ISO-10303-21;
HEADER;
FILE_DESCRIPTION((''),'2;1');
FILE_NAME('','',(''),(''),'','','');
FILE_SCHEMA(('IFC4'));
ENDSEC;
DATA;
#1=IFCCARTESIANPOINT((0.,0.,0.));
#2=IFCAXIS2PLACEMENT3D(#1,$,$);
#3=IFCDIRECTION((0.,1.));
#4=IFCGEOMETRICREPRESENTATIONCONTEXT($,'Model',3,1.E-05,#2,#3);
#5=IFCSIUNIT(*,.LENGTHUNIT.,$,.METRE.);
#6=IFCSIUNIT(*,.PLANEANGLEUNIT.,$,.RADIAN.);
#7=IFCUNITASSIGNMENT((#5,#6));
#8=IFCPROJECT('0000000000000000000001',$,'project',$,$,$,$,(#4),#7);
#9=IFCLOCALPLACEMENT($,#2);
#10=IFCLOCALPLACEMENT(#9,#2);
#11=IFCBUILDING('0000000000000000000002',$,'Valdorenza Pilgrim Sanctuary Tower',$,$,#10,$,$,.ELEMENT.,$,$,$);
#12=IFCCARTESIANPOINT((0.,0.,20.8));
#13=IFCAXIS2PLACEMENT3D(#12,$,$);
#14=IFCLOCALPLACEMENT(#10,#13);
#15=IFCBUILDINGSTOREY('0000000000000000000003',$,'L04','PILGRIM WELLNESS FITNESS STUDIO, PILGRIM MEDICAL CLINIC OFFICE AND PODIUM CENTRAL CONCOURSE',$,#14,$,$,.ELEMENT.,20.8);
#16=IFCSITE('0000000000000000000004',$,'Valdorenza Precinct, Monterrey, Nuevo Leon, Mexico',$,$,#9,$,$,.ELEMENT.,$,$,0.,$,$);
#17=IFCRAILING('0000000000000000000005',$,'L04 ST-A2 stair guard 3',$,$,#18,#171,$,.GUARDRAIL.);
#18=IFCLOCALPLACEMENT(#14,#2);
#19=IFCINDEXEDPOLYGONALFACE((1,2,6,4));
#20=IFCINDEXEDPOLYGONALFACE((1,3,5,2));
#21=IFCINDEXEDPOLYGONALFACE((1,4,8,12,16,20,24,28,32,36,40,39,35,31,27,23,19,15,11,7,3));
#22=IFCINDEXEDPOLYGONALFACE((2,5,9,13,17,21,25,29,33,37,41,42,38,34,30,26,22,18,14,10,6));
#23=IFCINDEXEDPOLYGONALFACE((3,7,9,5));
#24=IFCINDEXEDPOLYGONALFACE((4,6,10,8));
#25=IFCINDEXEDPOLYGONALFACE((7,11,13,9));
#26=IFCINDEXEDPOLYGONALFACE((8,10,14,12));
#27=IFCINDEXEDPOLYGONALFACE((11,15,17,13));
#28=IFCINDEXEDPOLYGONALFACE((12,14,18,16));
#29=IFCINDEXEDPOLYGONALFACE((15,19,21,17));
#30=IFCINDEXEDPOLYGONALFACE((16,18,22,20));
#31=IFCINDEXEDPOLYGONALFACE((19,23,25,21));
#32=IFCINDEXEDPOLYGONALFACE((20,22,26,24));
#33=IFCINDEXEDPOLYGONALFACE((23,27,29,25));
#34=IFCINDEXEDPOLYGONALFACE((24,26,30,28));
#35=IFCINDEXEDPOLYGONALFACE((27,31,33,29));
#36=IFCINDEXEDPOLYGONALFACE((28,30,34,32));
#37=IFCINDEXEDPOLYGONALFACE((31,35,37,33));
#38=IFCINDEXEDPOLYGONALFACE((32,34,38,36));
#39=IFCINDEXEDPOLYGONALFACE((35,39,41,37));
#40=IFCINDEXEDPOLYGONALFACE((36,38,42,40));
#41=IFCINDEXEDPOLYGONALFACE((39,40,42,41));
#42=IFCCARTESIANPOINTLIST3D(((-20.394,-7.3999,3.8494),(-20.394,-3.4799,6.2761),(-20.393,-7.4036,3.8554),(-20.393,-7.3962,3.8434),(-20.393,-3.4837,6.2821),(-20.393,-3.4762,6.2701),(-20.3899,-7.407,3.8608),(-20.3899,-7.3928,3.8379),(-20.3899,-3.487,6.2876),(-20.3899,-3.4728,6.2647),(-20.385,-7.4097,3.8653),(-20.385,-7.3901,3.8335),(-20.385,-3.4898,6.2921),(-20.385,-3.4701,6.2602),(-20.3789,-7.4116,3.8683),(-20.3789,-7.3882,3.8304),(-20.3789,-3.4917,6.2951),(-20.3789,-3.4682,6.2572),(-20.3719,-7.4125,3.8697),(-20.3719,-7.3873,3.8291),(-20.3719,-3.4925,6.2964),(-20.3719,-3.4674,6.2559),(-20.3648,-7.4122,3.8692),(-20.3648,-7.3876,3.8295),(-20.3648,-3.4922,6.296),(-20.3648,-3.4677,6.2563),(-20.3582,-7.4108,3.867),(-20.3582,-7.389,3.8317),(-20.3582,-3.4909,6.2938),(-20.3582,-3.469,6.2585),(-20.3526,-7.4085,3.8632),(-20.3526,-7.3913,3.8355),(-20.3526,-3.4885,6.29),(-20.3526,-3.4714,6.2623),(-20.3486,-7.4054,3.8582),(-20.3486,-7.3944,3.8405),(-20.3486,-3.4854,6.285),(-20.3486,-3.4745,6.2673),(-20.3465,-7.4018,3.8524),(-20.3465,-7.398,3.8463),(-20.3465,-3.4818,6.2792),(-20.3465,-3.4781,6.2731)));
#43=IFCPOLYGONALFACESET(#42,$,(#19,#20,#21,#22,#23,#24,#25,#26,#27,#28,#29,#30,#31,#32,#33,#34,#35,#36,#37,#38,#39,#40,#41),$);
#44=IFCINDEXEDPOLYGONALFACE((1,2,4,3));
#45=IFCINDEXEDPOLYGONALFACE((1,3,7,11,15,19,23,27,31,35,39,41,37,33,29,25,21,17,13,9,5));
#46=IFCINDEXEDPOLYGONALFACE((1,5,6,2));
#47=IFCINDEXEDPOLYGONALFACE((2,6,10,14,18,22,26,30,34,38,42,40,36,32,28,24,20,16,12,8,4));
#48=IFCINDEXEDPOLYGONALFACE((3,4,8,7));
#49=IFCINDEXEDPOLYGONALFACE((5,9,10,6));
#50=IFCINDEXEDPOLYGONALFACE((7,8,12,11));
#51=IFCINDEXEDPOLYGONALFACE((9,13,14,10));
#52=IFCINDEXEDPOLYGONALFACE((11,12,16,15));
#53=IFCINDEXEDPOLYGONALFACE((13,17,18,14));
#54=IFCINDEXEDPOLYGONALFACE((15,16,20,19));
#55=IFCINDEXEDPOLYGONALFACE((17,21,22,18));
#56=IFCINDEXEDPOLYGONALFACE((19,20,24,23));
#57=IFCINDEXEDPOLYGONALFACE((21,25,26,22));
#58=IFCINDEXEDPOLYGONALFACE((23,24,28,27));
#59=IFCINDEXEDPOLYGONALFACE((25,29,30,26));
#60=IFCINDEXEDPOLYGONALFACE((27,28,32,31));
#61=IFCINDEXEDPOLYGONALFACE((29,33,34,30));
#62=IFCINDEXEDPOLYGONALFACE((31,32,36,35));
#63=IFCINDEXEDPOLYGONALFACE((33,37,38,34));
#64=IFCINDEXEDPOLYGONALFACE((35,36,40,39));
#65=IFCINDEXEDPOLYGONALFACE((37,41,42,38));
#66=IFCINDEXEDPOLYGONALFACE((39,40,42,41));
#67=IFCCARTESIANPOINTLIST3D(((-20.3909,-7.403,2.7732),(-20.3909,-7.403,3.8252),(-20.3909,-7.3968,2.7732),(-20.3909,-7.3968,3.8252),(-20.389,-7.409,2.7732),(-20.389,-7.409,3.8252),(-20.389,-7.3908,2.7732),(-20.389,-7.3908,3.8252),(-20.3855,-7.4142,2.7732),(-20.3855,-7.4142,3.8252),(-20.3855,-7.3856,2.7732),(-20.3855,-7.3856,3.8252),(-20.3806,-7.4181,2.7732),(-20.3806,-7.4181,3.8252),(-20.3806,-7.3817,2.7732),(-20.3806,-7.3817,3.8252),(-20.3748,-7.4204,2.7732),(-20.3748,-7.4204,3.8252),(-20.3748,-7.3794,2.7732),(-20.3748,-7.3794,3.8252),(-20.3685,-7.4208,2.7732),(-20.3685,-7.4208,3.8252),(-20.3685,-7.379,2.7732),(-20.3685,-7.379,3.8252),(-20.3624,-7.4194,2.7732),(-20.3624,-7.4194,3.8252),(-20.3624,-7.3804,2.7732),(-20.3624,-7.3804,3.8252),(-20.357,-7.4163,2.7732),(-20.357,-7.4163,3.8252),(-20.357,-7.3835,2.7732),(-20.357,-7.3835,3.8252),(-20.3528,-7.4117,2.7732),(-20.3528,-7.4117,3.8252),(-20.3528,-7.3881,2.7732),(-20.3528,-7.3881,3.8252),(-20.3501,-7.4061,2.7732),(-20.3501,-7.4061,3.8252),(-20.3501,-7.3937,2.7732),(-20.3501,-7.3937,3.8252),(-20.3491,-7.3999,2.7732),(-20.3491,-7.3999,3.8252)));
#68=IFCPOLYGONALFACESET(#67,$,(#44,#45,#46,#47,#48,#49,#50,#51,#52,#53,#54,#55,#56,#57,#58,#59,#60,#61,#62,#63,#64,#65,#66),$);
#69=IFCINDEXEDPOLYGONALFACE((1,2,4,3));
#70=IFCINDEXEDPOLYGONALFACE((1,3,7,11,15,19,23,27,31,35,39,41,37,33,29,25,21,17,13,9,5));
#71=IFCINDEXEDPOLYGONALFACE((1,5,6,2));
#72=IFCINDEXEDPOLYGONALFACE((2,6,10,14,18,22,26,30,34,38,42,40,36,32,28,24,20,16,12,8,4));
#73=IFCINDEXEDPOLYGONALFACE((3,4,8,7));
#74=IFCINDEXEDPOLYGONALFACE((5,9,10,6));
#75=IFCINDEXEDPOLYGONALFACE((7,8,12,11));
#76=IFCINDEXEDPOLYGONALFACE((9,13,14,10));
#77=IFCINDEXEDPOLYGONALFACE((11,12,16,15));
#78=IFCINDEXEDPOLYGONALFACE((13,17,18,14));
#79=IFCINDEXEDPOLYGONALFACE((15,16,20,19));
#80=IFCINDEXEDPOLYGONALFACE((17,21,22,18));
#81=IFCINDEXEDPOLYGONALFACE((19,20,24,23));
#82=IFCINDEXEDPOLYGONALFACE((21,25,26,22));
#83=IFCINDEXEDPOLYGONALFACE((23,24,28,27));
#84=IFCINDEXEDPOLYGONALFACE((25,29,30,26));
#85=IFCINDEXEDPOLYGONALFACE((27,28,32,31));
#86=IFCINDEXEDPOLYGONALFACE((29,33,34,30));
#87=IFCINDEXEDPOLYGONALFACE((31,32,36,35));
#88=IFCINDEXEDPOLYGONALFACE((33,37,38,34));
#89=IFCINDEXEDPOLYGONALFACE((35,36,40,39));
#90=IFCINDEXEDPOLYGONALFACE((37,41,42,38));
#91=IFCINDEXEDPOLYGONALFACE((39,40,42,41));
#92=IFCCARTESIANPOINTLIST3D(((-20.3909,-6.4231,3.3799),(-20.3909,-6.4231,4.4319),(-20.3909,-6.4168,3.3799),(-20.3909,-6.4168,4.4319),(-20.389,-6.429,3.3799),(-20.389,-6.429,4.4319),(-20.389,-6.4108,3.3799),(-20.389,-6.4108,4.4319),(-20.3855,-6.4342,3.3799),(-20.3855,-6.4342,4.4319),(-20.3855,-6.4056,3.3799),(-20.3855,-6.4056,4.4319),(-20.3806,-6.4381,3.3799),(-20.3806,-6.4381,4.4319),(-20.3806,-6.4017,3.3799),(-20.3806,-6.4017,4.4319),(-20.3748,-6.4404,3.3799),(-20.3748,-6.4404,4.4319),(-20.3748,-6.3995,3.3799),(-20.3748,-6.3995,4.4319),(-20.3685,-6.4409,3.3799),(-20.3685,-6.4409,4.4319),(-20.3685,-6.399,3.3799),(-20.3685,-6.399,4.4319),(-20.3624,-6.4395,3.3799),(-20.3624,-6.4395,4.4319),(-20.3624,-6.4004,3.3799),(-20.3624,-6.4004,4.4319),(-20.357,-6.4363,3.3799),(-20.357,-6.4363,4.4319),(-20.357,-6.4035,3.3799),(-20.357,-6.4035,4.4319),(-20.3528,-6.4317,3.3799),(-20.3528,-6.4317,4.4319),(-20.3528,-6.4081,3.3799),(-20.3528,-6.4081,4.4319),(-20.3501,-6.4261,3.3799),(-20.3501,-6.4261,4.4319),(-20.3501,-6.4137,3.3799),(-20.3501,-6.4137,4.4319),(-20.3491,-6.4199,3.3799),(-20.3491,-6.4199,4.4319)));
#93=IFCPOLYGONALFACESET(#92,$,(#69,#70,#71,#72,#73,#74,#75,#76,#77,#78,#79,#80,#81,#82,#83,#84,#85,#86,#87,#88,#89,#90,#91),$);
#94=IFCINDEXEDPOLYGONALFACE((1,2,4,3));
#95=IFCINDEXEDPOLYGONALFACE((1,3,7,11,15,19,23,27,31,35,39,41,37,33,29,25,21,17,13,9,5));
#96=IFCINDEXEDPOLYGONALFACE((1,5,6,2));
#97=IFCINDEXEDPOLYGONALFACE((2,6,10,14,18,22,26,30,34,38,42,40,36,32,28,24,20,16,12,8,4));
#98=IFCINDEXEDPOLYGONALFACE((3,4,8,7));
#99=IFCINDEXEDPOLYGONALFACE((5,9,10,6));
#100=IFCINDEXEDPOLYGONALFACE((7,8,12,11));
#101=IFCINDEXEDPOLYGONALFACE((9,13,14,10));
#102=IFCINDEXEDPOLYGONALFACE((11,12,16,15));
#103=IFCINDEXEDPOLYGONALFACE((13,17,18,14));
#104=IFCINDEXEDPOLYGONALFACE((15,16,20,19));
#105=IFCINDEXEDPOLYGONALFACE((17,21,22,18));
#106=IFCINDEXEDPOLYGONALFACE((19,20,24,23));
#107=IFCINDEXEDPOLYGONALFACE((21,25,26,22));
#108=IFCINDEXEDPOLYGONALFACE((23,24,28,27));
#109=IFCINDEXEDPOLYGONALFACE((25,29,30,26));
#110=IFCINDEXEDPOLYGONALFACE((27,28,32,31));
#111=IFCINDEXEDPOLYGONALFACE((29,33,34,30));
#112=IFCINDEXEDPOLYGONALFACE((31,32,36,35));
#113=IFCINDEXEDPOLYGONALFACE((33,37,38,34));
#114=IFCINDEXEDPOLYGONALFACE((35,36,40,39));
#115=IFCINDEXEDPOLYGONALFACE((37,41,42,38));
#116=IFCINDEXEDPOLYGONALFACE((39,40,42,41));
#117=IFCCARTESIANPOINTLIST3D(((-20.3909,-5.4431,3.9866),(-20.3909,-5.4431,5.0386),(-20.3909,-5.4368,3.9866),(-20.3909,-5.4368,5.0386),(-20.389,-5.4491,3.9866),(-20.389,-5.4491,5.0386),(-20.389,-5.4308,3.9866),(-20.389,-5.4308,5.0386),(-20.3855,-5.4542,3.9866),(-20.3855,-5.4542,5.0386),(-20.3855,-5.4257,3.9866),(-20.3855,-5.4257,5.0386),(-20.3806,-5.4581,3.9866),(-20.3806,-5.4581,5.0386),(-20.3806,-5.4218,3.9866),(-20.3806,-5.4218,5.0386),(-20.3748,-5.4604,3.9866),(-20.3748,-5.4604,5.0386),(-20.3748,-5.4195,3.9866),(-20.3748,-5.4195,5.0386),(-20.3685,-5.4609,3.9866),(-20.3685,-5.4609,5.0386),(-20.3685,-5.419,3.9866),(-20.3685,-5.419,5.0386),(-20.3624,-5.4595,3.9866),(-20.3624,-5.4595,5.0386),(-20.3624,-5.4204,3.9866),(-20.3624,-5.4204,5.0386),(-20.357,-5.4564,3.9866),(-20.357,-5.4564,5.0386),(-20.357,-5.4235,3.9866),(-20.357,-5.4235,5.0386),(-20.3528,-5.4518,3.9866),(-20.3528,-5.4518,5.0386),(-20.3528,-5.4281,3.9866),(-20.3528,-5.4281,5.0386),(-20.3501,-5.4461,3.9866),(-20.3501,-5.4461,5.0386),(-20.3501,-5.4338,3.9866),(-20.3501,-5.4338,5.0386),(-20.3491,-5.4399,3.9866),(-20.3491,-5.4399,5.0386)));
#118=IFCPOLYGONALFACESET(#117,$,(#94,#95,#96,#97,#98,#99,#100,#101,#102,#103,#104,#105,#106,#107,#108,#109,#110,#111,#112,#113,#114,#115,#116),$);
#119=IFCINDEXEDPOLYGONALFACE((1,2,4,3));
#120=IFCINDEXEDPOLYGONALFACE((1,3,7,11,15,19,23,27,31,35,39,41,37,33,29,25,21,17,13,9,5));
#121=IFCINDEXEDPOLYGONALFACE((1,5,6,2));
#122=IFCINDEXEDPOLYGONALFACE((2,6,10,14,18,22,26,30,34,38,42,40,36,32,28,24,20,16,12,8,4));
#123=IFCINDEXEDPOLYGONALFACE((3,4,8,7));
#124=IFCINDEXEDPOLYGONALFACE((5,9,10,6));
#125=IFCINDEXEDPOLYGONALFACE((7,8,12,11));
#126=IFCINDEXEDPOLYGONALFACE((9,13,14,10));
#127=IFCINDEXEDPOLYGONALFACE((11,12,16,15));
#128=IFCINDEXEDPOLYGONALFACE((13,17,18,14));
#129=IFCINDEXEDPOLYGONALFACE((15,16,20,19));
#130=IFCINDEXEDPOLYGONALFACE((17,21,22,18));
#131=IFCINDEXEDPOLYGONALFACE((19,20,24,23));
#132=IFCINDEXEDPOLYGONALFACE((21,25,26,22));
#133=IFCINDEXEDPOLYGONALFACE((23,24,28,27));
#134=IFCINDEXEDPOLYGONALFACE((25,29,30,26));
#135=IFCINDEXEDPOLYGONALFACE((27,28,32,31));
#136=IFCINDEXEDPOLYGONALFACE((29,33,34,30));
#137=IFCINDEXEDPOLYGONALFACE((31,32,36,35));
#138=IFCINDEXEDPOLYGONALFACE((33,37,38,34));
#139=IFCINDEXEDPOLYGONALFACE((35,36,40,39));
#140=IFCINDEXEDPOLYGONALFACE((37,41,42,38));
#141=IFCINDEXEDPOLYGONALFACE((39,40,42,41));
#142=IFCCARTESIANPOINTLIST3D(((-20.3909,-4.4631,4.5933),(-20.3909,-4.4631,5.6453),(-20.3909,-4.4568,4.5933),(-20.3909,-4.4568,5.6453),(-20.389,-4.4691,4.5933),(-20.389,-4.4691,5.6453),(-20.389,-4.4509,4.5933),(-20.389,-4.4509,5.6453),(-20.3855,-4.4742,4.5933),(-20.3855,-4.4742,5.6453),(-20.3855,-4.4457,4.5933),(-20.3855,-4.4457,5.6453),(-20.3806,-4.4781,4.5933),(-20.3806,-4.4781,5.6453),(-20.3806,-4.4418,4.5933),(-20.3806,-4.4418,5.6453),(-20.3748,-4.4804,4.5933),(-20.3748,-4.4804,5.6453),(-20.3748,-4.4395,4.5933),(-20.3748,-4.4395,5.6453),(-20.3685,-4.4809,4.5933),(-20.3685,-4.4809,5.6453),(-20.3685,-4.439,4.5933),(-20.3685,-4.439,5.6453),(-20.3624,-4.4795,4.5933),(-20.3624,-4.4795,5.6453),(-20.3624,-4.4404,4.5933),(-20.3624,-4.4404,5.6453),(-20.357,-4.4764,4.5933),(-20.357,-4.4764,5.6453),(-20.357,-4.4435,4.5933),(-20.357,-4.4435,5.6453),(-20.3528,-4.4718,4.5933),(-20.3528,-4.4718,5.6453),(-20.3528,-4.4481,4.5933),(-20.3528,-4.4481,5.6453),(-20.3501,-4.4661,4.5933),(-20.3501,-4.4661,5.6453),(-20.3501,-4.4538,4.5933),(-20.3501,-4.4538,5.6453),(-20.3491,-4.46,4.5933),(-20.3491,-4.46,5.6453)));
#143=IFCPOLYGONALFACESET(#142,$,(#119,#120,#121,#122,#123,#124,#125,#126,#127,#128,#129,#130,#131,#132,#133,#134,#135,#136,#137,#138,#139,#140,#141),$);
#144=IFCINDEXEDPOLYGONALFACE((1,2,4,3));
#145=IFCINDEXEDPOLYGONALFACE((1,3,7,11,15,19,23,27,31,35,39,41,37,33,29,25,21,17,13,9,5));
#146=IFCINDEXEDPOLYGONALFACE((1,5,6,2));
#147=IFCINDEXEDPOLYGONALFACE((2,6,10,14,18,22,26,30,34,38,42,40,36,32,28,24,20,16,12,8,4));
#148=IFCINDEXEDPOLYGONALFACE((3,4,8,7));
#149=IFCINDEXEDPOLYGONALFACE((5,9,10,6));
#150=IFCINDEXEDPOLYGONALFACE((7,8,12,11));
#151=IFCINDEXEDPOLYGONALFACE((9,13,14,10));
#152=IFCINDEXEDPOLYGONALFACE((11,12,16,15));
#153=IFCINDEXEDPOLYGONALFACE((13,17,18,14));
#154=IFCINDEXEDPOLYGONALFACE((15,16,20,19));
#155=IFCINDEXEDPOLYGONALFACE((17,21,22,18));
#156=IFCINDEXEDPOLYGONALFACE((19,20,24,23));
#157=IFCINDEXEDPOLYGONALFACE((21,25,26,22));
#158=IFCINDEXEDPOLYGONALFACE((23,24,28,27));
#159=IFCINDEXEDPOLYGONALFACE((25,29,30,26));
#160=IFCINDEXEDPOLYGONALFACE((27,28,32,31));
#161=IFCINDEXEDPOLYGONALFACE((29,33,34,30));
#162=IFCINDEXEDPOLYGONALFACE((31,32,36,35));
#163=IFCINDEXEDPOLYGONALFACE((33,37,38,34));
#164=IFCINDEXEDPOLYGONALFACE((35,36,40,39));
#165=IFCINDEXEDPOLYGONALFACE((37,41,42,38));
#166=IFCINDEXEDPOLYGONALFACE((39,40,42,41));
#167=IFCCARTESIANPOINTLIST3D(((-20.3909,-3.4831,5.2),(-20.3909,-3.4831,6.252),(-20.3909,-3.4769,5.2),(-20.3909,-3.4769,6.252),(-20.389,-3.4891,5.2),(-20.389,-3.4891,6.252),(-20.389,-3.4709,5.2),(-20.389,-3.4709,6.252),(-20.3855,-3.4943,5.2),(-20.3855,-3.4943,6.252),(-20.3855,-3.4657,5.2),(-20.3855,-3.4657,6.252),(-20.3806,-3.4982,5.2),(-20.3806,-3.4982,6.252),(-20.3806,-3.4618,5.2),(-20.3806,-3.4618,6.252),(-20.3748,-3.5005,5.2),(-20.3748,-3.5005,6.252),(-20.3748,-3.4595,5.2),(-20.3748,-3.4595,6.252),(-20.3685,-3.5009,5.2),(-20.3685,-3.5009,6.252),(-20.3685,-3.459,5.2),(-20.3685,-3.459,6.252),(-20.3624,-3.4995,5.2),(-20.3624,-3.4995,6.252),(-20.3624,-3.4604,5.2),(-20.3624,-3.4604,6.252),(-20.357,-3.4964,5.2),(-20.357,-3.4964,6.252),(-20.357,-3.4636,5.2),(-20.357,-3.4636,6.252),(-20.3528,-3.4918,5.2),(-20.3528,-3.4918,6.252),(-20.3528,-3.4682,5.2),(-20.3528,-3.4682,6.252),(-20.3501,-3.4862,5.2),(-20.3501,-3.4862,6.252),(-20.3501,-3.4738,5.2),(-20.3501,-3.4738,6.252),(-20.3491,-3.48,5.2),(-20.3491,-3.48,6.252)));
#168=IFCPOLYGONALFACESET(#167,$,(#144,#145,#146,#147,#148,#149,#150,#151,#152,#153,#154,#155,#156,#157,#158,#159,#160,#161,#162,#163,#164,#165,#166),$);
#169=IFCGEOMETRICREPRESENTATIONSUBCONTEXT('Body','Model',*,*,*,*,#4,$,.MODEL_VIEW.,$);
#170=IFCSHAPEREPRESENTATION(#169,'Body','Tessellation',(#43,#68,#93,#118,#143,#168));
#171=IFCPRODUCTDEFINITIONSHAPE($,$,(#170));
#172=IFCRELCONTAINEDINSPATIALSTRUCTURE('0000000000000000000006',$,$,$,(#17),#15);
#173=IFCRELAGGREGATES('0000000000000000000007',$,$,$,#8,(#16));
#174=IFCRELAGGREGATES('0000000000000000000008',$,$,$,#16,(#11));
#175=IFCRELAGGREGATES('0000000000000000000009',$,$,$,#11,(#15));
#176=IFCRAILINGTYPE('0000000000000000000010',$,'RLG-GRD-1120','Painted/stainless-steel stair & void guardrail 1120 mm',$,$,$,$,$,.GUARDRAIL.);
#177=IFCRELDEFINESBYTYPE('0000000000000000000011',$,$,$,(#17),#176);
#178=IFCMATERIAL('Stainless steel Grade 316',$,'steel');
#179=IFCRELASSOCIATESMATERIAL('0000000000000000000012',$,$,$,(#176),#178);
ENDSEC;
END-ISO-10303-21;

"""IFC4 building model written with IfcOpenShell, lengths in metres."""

from ifc_helpers import new_model, si_unit, direction, frame, origin, origin_2d, place, context, subcontext, project, spatial, circle, extrude, material, type_object, element, save


model = new_model("IFC4")

# Units and contexts
model_context = context("Model", 3, precision=1e-05, world=origin(), true_north=direction((0.0, 1.0)))
body_context = subcontext(model_context, "Body", "Model", "MODEL_VIEW")
ifc_project = project(units=[si_unit("LENGTHUNIT", "METRE"), si_unit("PLANEANGLEUNIT", "RADIAN")], contexts=[model_context])

# Site, building, storey
site_placement = place(None, origin())
site = spatial("IfcSite", under=ifc_project, at=site_placement, Name="Valdorenza Precinct, Monterrey, Nuevo Leon, Mexico", CompositionType="ELEMENT", RefElevation=0.0)
building_placement = place(site_placement, origin())
building = spatial("IfcBuilding", under=site, at=building_placement, Name="Valdorenza Pilgrim Sanctuary Tower", CompositionType="ELEMENT")
storey_placement = place(building_placement, frame((0.0, 0.0, 20.8)))
storey = spatial("IfcBuildingStorey", under=building, at=storey_placement, Name="L04", Description="PILGRIM WELLNESS FITNESS STUDIO, PILGRIM MEDICAL CLINIC OFFICE AND PODIUM CENTRAL CONCOURSE", CompositionType="ELEMENT", Elevation=20.8)

# Railing
ifc_material_1 = material(Name="Stainless steel Grade 316", Category="steel")
railing_type = type_object("IfcRailingType", Name="RLG-GRD-1120", Description="Painted/stainless-steel stair & void guardrail 1120 mm", PredefinedType="GUARDRAIL", material=ifc_material_1)
railing_1_placement = place(storey_placement, frame((-20.3701, -7.3999, 2.7732)))
element("IfcRailing", 1, at=railing_1_placement, inside=storey, type_object=railing_type, Name="L04 ST-A2 stair guard 3", PredefinedType="GUARDRAIL", context=body_context, shape_type="SweptSolid", body=[
    extrude(circle(Radius=0.0239, at=origin_2d()), frame((0.0, 0.0, 1.0762), z_axis=(0.0, 0.850252, 0.526376), x_axis=(-1.0, 0.0, 0.0)), (0.0, 0.0, 1.0), 4.6104),
    extrude(circle(Radius=0.021, at=origin_2d()), origin(), (0.0, 0.0, 1.0), 1.052),
    extrude(circle(Radius=0.021, at=origin_2d()), frame((0.0, 0.98, 0.6067)), (0.0, 0.0, 1.0), 1.052),
    extrude(circle(Radius=0.021, at=origin_2d()), frame((0.0, 1.96, 1.2134)), (0.0, 0.0, 1.0), 1.052),
    extrude(circle(Radius=0.021, at=origin_2d()), frame((0.0, 2.9399, 1.8201)), (0.0, 0.0, 1.0), 1.052),
    extrude(circle(Radius=0.021, at=origin_2d()), frame((0.0, 3.9199, 2.4268)), (0.0, 0.0, 1.0), 1.052),
])

save(model, "model.ifc")
